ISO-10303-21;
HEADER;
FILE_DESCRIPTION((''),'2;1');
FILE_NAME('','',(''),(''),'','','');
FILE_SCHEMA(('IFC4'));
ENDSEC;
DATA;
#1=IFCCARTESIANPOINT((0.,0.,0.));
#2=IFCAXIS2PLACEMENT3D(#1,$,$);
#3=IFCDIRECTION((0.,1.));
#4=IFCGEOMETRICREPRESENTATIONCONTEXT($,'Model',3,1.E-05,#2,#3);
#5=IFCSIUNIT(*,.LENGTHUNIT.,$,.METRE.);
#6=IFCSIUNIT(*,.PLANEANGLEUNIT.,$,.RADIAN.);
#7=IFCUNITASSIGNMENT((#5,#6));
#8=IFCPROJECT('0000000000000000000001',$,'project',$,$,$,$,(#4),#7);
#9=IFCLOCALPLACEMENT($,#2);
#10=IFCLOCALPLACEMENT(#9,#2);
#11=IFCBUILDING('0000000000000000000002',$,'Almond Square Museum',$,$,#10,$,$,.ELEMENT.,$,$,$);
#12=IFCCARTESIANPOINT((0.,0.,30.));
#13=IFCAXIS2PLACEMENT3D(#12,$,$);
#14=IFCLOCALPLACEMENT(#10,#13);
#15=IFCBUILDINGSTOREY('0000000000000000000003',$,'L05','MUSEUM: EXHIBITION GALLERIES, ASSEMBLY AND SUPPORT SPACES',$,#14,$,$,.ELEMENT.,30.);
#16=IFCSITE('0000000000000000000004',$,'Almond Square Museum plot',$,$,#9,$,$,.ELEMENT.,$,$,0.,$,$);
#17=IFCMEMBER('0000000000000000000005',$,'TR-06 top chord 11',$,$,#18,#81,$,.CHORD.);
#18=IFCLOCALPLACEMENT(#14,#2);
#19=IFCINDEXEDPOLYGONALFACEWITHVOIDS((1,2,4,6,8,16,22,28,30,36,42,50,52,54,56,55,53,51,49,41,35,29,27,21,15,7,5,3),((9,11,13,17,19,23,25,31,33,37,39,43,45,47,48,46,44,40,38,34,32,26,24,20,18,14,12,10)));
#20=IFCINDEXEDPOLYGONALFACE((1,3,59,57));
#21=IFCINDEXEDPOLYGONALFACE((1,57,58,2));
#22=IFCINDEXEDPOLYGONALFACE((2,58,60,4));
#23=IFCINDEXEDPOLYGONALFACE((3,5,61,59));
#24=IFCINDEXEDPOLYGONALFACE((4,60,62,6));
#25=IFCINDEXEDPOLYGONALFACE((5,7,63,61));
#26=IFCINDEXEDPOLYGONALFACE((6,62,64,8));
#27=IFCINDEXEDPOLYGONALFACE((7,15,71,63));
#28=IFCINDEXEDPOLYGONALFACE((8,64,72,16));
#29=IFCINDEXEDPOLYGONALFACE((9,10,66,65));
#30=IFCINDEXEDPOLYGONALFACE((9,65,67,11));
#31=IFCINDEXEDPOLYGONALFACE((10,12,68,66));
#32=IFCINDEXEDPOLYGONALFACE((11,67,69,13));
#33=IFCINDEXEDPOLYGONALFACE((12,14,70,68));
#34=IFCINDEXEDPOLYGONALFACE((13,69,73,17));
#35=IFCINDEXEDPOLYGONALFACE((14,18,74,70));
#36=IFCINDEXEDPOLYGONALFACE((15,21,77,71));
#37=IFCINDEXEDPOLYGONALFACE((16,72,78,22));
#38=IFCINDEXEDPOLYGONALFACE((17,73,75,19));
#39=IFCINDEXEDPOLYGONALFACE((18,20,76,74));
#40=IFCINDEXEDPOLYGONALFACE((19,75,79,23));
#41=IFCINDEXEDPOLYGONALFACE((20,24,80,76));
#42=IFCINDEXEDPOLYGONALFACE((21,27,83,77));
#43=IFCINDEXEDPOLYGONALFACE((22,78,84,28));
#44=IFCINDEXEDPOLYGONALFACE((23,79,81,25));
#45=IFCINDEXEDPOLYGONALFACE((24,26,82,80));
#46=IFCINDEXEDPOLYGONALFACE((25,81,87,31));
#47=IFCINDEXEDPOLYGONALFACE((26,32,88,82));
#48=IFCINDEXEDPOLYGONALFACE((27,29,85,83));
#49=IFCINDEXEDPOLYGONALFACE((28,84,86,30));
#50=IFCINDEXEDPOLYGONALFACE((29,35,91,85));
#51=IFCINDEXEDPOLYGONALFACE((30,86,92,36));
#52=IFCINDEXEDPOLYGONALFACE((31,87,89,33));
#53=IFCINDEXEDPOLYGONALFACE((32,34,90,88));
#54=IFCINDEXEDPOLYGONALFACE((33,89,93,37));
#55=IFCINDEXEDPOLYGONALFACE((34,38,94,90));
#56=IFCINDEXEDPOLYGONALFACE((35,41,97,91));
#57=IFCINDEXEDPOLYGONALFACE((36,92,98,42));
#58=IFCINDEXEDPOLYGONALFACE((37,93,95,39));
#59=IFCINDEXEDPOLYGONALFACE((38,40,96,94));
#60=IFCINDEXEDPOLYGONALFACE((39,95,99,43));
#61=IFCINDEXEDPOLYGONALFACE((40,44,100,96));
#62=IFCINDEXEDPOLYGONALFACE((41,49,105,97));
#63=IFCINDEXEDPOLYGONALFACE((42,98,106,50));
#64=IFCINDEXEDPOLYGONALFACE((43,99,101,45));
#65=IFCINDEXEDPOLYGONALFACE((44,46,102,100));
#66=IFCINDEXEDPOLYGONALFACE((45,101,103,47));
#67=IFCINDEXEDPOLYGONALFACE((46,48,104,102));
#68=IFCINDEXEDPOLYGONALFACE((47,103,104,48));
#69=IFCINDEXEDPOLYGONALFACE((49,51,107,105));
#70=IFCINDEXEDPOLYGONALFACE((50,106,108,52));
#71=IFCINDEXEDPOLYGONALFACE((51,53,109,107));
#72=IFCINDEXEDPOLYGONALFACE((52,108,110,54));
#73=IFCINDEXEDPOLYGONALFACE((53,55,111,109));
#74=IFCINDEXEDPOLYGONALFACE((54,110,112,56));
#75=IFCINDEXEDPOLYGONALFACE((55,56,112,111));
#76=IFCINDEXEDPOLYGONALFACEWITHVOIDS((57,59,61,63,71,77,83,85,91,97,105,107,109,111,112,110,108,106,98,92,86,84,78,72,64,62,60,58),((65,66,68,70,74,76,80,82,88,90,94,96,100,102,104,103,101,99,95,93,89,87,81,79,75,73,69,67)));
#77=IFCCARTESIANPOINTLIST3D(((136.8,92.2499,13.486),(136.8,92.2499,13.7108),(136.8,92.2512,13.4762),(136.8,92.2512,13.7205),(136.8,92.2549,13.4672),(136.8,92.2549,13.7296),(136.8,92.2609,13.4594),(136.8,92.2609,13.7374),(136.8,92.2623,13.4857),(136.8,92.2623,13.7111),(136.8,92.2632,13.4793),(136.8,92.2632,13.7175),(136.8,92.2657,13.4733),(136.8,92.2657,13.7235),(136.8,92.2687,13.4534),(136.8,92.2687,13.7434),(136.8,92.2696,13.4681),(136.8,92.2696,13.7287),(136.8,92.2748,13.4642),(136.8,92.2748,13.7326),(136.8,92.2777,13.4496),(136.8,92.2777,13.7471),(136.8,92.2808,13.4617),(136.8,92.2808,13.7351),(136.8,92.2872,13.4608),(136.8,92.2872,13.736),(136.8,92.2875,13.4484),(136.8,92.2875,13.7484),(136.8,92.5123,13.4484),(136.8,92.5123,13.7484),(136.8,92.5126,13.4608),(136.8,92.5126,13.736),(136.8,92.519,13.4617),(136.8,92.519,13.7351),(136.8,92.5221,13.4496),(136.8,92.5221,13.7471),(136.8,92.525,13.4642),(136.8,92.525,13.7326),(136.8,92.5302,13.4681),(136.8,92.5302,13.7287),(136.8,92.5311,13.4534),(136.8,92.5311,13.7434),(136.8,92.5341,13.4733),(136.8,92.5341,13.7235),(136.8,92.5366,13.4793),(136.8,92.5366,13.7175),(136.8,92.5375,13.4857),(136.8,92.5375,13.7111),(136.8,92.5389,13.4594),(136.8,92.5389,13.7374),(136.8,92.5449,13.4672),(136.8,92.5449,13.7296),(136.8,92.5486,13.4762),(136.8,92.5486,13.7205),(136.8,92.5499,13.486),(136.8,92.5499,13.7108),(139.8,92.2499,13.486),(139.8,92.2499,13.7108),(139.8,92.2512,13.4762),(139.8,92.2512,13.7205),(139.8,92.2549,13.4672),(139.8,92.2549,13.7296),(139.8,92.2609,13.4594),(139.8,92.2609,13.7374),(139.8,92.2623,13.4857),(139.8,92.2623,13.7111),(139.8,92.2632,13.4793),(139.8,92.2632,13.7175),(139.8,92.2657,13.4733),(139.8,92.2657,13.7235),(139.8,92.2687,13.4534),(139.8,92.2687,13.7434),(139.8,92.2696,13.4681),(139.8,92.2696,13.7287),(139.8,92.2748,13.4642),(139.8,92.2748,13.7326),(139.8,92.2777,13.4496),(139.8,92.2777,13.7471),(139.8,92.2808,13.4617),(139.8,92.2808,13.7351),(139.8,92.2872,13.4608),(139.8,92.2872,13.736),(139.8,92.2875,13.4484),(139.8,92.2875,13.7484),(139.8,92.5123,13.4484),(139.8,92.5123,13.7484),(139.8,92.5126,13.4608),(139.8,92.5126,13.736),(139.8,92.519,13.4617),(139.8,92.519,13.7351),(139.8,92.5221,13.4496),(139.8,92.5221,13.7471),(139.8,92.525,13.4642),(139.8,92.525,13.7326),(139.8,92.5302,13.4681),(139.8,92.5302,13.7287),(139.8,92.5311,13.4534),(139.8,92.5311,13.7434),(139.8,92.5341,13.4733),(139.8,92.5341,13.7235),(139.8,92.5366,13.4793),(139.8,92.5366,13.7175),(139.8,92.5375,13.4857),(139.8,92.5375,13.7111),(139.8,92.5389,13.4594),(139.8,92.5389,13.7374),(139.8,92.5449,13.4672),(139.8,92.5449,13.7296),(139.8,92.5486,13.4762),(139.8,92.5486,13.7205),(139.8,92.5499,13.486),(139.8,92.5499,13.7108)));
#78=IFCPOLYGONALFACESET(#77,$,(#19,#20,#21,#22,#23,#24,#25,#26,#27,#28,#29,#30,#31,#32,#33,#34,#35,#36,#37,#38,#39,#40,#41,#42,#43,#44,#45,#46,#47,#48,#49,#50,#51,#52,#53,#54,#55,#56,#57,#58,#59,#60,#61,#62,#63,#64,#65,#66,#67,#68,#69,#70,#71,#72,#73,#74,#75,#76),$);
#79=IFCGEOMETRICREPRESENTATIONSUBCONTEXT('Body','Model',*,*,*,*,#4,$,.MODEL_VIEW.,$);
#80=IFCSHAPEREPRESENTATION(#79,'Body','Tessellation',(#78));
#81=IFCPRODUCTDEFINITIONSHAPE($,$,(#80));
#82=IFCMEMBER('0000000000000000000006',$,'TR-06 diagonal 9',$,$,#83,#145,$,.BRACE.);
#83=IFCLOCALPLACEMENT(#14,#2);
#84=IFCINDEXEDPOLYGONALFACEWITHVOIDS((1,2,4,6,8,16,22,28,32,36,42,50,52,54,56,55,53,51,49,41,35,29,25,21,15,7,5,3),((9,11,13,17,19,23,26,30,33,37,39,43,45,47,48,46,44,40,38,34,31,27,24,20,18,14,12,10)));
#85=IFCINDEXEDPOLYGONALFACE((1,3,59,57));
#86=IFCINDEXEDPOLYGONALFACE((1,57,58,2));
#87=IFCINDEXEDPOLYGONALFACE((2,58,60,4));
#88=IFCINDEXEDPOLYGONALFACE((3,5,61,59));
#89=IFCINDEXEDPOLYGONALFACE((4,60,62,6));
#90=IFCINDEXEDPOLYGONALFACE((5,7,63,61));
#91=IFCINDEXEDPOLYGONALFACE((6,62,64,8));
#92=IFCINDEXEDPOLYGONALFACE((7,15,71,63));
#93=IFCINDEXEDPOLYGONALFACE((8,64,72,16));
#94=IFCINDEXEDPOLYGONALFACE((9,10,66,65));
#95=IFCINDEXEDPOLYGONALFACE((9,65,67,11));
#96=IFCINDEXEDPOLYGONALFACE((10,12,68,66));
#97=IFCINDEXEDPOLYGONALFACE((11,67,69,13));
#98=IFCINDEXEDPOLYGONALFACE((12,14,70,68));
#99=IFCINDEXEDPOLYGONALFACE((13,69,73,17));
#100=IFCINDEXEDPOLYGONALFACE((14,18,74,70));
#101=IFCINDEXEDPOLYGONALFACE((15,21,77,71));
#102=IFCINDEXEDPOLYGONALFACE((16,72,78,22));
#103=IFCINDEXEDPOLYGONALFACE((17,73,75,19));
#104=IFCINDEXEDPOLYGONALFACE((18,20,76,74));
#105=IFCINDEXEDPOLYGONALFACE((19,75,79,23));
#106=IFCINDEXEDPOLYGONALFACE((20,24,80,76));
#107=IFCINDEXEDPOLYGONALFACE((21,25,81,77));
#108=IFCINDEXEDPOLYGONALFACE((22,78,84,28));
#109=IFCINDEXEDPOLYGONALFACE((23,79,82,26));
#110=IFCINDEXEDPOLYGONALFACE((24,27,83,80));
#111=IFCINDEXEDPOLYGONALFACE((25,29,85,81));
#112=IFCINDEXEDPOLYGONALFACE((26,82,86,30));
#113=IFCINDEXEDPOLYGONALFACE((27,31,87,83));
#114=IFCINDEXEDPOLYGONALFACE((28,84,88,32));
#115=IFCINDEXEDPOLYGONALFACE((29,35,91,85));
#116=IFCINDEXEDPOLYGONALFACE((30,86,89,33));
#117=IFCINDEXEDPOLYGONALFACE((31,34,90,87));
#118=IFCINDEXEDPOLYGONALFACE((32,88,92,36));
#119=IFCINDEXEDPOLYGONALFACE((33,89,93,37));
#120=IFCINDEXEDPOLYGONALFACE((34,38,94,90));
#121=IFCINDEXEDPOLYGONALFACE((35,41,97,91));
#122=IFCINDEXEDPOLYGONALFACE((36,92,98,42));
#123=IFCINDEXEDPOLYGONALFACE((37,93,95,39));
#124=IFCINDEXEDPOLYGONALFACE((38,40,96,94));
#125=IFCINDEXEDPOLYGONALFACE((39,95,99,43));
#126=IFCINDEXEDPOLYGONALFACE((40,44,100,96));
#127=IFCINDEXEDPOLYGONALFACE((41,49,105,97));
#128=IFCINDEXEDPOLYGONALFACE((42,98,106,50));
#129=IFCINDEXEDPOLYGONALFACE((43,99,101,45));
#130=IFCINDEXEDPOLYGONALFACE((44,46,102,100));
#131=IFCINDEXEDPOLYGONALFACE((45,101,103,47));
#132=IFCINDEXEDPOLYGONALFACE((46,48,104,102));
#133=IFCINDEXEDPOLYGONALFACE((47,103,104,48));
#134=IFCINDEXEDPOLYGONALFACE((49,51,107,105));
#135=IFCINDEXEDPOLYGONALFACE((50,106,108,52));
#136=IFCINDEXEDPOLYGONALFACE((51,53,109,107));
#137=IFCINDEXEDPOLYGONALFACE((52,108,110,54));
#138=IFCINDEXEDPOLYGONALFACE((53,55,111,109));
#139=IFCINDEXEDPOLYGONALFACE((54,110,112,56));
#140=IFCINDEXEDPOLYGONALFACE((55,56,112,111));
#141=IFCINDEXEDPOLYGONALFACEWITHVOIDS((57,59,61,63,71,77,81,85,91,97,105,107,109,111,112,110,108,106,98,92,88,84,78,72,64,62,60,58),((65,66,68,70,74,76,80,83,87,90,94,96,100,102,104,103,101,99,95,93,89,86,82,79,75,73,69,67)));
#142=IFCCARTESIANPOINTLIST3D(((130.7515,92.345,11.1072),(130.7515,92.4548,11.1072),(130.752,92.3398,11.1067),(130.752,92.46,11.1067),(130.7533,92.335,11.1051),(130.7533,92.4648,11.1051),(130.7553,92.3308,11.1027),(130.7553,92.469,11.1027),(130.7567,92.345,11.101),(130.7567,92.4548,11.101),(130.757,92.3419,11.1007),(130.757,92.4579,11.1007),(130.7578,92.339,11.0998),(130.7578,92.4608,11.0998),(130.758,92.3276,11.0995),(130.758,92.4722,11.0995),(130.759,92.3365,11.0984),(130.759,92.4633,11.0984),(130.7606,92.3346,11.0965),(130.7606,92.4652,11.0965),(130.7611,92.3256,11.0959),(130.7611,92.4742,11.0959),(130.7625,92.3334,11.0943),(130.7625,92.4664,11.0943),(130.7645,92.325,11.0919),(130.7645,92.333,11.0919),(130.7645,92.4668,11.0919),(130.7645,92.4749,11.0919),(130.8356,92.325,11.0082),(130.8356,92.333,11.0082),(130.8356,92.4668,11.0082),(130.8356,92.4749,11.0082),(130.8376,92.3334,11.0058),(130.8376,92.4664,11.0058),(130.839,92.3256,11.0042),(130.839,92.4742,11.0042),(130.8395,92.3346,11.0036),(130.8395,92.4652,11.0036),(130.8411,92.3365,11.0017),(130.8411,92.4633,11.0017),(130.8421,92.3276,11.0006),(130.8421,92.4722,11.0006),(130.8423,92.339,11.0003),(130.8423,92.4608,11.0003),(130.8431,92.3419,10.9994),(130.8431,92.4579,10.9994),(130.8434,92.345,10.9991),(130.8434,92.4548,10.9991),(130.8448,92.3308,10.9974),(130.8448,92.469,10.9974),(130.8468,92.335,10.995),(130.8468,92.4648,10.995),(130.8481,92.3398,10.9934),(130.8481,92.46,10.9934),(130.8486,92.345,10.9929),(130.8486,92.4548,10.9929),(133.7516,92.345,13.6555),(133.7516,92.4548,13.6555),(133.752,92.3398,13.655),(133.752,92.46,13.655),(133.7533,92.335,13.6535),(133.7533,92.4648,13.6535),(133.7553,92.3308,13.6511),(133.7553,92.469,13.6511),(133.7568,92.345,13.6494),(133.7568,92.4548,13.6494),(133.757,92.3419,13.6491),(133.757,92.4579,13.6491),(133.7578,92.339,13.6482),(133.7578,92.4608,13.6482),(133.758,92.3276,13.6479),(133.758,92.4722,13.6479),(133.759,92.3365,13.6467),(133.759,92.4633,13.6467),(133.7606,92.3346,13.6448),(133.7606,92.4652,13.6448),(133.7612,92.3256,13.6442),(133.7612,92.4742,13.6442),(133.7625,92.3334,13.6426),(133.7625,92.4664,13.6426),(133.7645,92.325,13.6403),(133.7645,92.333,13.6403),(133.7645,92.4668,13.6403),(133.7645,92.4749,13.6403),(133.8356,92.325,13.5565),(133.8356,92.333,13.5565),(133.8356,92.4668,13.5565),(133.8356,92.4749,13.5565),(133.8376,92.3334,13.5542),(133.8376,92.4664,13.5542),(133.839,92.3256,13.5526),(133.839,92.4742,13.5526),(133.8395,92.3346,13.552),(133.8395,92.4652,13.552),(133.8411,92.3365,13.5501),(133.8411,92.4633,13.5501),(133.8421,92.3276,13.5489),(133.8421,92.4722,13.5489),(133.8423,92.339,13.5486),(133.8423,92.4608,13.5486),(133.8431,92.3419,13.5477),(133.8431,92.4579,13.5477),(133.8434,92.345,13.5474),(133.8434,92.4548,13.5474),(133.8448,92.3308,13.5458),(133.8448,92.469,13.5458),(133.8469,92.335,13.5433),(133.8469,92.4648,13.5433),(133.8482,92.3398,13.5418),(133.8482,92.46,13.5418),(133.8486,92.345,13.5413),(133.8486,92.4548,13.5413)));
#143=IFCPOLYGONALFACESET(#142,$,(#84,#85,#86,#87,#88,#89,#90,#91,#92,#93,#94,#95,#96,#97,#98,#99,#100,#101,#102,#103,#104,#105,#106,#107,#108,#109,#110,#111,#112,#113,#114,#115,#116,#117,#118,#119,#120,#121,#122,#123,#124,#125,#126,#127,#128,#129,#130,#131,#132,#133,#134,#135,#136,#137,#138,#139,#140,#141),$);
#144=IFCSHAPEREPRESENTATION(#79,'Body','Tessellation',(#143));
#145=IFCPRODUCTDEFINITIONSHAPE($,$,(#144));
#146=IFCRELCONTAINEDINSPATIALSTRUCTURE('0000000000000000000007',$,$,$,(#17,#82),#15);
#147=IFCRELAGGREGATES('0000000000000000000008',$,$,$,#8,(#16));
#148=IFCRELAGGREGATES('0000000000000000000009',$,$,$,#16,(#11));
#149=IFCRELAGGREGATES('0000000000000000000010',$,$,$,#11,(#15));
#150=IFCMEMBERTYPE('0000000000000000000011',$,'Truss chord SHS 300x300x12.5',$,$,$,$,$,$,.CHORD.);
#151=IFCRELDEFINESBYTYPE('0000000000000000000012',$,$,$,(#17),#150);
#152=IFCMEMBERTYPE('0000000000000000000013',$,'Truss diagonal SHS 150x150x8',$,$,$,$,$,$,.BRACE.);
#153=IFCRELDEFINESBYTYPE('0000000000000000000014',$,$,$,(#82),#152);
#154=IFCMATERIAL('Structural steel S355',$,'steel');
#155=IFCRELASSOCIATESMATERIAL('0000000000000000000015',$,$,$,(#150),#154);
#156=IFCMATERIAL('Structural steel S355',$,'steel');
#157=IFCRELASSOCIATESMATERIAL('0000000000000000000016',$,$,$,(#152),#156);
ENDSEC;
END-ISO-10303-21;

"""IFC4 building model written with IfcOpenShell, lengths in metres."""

from ifc_helpers import new_model, si_unit, direction, frame, origin, origin_2d, place, context, subcontext, project, spatial, hollow_rectangle, extrude, material, material_profile, profile_set, type_object, element, save


model = new_model("IFC4")

# Units and contexts
model_context = context("Model", 3, precision=1e-05, world=origin(), true_north=direction((0.0, 1.0)))
body_context = subcontext(model_context, "Body", "Model", "MODEL_VIEW")
ifc_project = project(units=[si_unit("LENGTHUNIT", "METRE"), si_unit("PLANEANGLEUNIT", "RADIAN")], contexts=[model_context])

# Site, building, storey
site_placement = place(None, origin())
site = spatial("IfcSite", under=ifc_project, at=site_placement, Name="Almond Square Museum plot", CompositionType="ELEMENT", RefElevation=0.0)
building_placement = place(site_placement, origin())
building = spatial("IfcBuilding", under=site, at=building_placement, Name="Almond Square Museum", CompositionType="ELEMENT")
storey_placement = place(building_placement, frame((0.0, 0.0, 30.0)))
storey = spatial("IfcBuildingStorey", under=building, at=storey_placement, Name="L05", Description="MUSEUM: EXHIBITION GALLERIES, ASSEMBLY AND SUPPORT SPACES", CompositionType="ELEMENT", Elevation=30.0)

# Members
ifc_material_1 = material(Name="Structural steel S355", Category="steel")
ifc_material_profile_1 = material_profile(ifc_material_1, hollow_rectangle(XDim=0.3, YDim=0.3, WallThickness=0.0125, InnerFilletRadius=0.0249, OuterFilletRadius=0.0376, at=origin_2d()))
ifc_profile_set_1 = profile_set([ifc_material_profile_1], Name="Structural steel S355")
member_type_1 = type_object("IfcMemberType", Name="Truss chord SHS 300x300x12.5", PredefinedType="CHORD", material=ifc_profile_set_1)
for number, where, z_axis, x_axis, name in (
    (1, (136.8, 92.3999, 13.5984), (1.0, 0.0, 0.0), (0.0, 1.0, 0.0), "TR-06 top chord 11"),
):
    element("IfcMember", number, at=place(storey_placement, frame(where, z_axis=z_axis, x_axis=x_axis)), inside=storey, type_object=member_type_1, Name=name, PredefinedType="CHORD", context=body_context, shape_type="SweptSolid", body=[
        extrude(hollow_rectangle(XDim=0.3, YDim=0.3, WallThickness=0.0125, InnerFilletRadius=0.0249, OuterFilletRadius=0.0376, at=origin_2d()), origin(), (0.0, 0.0, 1.0), 3.0),
    ])
ifc_material_2 = material(Name="Structural steel S355", Category="steel")
ifc_material_profile_2 = material_profile(ifc_material_2, hollow_rectangle(XDim=0.1499, YDim=0.1499, WallThickness=0.0081, InnerFilletRadius=0.012, OuterFilletRadius=0.02, at=origin_2d()))
ifc_profile_set_2 = profile_set([ifc_material_profile_2], Name="Structural steel S355")
member_type_2 = type_object("IfcMemberType", Name="Truss diagonal SHS 150x150x8", PredefinedType="BRACE", material=ifc_profile_set_2)
for number, where, z_axis, x_axis, name in (
    (2, (130.8, 92.3999, 11.05), (0.762147, 0.0, 0.647404), (0.0, 1.0, 0.0), "TR-06 diagonal 9"),
):
    element("IfcMember", number, at=place(storey_placement, frame(where, z_axis=z_axis, x_axis=x_axis)), inside=storey, type_object=member_type_2, Name=name, PredefinedType="BRACE", context=body_context, shape_type="SweptSolid", body=[
        extrude(hollow_rectangle(XDim=0.1499, YDim=0.1499, WallThickness=0.0081, InnerFilletRadius=0.012, OuterFilletRadius=0.02, at=origin_2d()), origin(), (0.0, 0.0, 1.0), 3.9363),
    ])

save(model, "model.ifc")
